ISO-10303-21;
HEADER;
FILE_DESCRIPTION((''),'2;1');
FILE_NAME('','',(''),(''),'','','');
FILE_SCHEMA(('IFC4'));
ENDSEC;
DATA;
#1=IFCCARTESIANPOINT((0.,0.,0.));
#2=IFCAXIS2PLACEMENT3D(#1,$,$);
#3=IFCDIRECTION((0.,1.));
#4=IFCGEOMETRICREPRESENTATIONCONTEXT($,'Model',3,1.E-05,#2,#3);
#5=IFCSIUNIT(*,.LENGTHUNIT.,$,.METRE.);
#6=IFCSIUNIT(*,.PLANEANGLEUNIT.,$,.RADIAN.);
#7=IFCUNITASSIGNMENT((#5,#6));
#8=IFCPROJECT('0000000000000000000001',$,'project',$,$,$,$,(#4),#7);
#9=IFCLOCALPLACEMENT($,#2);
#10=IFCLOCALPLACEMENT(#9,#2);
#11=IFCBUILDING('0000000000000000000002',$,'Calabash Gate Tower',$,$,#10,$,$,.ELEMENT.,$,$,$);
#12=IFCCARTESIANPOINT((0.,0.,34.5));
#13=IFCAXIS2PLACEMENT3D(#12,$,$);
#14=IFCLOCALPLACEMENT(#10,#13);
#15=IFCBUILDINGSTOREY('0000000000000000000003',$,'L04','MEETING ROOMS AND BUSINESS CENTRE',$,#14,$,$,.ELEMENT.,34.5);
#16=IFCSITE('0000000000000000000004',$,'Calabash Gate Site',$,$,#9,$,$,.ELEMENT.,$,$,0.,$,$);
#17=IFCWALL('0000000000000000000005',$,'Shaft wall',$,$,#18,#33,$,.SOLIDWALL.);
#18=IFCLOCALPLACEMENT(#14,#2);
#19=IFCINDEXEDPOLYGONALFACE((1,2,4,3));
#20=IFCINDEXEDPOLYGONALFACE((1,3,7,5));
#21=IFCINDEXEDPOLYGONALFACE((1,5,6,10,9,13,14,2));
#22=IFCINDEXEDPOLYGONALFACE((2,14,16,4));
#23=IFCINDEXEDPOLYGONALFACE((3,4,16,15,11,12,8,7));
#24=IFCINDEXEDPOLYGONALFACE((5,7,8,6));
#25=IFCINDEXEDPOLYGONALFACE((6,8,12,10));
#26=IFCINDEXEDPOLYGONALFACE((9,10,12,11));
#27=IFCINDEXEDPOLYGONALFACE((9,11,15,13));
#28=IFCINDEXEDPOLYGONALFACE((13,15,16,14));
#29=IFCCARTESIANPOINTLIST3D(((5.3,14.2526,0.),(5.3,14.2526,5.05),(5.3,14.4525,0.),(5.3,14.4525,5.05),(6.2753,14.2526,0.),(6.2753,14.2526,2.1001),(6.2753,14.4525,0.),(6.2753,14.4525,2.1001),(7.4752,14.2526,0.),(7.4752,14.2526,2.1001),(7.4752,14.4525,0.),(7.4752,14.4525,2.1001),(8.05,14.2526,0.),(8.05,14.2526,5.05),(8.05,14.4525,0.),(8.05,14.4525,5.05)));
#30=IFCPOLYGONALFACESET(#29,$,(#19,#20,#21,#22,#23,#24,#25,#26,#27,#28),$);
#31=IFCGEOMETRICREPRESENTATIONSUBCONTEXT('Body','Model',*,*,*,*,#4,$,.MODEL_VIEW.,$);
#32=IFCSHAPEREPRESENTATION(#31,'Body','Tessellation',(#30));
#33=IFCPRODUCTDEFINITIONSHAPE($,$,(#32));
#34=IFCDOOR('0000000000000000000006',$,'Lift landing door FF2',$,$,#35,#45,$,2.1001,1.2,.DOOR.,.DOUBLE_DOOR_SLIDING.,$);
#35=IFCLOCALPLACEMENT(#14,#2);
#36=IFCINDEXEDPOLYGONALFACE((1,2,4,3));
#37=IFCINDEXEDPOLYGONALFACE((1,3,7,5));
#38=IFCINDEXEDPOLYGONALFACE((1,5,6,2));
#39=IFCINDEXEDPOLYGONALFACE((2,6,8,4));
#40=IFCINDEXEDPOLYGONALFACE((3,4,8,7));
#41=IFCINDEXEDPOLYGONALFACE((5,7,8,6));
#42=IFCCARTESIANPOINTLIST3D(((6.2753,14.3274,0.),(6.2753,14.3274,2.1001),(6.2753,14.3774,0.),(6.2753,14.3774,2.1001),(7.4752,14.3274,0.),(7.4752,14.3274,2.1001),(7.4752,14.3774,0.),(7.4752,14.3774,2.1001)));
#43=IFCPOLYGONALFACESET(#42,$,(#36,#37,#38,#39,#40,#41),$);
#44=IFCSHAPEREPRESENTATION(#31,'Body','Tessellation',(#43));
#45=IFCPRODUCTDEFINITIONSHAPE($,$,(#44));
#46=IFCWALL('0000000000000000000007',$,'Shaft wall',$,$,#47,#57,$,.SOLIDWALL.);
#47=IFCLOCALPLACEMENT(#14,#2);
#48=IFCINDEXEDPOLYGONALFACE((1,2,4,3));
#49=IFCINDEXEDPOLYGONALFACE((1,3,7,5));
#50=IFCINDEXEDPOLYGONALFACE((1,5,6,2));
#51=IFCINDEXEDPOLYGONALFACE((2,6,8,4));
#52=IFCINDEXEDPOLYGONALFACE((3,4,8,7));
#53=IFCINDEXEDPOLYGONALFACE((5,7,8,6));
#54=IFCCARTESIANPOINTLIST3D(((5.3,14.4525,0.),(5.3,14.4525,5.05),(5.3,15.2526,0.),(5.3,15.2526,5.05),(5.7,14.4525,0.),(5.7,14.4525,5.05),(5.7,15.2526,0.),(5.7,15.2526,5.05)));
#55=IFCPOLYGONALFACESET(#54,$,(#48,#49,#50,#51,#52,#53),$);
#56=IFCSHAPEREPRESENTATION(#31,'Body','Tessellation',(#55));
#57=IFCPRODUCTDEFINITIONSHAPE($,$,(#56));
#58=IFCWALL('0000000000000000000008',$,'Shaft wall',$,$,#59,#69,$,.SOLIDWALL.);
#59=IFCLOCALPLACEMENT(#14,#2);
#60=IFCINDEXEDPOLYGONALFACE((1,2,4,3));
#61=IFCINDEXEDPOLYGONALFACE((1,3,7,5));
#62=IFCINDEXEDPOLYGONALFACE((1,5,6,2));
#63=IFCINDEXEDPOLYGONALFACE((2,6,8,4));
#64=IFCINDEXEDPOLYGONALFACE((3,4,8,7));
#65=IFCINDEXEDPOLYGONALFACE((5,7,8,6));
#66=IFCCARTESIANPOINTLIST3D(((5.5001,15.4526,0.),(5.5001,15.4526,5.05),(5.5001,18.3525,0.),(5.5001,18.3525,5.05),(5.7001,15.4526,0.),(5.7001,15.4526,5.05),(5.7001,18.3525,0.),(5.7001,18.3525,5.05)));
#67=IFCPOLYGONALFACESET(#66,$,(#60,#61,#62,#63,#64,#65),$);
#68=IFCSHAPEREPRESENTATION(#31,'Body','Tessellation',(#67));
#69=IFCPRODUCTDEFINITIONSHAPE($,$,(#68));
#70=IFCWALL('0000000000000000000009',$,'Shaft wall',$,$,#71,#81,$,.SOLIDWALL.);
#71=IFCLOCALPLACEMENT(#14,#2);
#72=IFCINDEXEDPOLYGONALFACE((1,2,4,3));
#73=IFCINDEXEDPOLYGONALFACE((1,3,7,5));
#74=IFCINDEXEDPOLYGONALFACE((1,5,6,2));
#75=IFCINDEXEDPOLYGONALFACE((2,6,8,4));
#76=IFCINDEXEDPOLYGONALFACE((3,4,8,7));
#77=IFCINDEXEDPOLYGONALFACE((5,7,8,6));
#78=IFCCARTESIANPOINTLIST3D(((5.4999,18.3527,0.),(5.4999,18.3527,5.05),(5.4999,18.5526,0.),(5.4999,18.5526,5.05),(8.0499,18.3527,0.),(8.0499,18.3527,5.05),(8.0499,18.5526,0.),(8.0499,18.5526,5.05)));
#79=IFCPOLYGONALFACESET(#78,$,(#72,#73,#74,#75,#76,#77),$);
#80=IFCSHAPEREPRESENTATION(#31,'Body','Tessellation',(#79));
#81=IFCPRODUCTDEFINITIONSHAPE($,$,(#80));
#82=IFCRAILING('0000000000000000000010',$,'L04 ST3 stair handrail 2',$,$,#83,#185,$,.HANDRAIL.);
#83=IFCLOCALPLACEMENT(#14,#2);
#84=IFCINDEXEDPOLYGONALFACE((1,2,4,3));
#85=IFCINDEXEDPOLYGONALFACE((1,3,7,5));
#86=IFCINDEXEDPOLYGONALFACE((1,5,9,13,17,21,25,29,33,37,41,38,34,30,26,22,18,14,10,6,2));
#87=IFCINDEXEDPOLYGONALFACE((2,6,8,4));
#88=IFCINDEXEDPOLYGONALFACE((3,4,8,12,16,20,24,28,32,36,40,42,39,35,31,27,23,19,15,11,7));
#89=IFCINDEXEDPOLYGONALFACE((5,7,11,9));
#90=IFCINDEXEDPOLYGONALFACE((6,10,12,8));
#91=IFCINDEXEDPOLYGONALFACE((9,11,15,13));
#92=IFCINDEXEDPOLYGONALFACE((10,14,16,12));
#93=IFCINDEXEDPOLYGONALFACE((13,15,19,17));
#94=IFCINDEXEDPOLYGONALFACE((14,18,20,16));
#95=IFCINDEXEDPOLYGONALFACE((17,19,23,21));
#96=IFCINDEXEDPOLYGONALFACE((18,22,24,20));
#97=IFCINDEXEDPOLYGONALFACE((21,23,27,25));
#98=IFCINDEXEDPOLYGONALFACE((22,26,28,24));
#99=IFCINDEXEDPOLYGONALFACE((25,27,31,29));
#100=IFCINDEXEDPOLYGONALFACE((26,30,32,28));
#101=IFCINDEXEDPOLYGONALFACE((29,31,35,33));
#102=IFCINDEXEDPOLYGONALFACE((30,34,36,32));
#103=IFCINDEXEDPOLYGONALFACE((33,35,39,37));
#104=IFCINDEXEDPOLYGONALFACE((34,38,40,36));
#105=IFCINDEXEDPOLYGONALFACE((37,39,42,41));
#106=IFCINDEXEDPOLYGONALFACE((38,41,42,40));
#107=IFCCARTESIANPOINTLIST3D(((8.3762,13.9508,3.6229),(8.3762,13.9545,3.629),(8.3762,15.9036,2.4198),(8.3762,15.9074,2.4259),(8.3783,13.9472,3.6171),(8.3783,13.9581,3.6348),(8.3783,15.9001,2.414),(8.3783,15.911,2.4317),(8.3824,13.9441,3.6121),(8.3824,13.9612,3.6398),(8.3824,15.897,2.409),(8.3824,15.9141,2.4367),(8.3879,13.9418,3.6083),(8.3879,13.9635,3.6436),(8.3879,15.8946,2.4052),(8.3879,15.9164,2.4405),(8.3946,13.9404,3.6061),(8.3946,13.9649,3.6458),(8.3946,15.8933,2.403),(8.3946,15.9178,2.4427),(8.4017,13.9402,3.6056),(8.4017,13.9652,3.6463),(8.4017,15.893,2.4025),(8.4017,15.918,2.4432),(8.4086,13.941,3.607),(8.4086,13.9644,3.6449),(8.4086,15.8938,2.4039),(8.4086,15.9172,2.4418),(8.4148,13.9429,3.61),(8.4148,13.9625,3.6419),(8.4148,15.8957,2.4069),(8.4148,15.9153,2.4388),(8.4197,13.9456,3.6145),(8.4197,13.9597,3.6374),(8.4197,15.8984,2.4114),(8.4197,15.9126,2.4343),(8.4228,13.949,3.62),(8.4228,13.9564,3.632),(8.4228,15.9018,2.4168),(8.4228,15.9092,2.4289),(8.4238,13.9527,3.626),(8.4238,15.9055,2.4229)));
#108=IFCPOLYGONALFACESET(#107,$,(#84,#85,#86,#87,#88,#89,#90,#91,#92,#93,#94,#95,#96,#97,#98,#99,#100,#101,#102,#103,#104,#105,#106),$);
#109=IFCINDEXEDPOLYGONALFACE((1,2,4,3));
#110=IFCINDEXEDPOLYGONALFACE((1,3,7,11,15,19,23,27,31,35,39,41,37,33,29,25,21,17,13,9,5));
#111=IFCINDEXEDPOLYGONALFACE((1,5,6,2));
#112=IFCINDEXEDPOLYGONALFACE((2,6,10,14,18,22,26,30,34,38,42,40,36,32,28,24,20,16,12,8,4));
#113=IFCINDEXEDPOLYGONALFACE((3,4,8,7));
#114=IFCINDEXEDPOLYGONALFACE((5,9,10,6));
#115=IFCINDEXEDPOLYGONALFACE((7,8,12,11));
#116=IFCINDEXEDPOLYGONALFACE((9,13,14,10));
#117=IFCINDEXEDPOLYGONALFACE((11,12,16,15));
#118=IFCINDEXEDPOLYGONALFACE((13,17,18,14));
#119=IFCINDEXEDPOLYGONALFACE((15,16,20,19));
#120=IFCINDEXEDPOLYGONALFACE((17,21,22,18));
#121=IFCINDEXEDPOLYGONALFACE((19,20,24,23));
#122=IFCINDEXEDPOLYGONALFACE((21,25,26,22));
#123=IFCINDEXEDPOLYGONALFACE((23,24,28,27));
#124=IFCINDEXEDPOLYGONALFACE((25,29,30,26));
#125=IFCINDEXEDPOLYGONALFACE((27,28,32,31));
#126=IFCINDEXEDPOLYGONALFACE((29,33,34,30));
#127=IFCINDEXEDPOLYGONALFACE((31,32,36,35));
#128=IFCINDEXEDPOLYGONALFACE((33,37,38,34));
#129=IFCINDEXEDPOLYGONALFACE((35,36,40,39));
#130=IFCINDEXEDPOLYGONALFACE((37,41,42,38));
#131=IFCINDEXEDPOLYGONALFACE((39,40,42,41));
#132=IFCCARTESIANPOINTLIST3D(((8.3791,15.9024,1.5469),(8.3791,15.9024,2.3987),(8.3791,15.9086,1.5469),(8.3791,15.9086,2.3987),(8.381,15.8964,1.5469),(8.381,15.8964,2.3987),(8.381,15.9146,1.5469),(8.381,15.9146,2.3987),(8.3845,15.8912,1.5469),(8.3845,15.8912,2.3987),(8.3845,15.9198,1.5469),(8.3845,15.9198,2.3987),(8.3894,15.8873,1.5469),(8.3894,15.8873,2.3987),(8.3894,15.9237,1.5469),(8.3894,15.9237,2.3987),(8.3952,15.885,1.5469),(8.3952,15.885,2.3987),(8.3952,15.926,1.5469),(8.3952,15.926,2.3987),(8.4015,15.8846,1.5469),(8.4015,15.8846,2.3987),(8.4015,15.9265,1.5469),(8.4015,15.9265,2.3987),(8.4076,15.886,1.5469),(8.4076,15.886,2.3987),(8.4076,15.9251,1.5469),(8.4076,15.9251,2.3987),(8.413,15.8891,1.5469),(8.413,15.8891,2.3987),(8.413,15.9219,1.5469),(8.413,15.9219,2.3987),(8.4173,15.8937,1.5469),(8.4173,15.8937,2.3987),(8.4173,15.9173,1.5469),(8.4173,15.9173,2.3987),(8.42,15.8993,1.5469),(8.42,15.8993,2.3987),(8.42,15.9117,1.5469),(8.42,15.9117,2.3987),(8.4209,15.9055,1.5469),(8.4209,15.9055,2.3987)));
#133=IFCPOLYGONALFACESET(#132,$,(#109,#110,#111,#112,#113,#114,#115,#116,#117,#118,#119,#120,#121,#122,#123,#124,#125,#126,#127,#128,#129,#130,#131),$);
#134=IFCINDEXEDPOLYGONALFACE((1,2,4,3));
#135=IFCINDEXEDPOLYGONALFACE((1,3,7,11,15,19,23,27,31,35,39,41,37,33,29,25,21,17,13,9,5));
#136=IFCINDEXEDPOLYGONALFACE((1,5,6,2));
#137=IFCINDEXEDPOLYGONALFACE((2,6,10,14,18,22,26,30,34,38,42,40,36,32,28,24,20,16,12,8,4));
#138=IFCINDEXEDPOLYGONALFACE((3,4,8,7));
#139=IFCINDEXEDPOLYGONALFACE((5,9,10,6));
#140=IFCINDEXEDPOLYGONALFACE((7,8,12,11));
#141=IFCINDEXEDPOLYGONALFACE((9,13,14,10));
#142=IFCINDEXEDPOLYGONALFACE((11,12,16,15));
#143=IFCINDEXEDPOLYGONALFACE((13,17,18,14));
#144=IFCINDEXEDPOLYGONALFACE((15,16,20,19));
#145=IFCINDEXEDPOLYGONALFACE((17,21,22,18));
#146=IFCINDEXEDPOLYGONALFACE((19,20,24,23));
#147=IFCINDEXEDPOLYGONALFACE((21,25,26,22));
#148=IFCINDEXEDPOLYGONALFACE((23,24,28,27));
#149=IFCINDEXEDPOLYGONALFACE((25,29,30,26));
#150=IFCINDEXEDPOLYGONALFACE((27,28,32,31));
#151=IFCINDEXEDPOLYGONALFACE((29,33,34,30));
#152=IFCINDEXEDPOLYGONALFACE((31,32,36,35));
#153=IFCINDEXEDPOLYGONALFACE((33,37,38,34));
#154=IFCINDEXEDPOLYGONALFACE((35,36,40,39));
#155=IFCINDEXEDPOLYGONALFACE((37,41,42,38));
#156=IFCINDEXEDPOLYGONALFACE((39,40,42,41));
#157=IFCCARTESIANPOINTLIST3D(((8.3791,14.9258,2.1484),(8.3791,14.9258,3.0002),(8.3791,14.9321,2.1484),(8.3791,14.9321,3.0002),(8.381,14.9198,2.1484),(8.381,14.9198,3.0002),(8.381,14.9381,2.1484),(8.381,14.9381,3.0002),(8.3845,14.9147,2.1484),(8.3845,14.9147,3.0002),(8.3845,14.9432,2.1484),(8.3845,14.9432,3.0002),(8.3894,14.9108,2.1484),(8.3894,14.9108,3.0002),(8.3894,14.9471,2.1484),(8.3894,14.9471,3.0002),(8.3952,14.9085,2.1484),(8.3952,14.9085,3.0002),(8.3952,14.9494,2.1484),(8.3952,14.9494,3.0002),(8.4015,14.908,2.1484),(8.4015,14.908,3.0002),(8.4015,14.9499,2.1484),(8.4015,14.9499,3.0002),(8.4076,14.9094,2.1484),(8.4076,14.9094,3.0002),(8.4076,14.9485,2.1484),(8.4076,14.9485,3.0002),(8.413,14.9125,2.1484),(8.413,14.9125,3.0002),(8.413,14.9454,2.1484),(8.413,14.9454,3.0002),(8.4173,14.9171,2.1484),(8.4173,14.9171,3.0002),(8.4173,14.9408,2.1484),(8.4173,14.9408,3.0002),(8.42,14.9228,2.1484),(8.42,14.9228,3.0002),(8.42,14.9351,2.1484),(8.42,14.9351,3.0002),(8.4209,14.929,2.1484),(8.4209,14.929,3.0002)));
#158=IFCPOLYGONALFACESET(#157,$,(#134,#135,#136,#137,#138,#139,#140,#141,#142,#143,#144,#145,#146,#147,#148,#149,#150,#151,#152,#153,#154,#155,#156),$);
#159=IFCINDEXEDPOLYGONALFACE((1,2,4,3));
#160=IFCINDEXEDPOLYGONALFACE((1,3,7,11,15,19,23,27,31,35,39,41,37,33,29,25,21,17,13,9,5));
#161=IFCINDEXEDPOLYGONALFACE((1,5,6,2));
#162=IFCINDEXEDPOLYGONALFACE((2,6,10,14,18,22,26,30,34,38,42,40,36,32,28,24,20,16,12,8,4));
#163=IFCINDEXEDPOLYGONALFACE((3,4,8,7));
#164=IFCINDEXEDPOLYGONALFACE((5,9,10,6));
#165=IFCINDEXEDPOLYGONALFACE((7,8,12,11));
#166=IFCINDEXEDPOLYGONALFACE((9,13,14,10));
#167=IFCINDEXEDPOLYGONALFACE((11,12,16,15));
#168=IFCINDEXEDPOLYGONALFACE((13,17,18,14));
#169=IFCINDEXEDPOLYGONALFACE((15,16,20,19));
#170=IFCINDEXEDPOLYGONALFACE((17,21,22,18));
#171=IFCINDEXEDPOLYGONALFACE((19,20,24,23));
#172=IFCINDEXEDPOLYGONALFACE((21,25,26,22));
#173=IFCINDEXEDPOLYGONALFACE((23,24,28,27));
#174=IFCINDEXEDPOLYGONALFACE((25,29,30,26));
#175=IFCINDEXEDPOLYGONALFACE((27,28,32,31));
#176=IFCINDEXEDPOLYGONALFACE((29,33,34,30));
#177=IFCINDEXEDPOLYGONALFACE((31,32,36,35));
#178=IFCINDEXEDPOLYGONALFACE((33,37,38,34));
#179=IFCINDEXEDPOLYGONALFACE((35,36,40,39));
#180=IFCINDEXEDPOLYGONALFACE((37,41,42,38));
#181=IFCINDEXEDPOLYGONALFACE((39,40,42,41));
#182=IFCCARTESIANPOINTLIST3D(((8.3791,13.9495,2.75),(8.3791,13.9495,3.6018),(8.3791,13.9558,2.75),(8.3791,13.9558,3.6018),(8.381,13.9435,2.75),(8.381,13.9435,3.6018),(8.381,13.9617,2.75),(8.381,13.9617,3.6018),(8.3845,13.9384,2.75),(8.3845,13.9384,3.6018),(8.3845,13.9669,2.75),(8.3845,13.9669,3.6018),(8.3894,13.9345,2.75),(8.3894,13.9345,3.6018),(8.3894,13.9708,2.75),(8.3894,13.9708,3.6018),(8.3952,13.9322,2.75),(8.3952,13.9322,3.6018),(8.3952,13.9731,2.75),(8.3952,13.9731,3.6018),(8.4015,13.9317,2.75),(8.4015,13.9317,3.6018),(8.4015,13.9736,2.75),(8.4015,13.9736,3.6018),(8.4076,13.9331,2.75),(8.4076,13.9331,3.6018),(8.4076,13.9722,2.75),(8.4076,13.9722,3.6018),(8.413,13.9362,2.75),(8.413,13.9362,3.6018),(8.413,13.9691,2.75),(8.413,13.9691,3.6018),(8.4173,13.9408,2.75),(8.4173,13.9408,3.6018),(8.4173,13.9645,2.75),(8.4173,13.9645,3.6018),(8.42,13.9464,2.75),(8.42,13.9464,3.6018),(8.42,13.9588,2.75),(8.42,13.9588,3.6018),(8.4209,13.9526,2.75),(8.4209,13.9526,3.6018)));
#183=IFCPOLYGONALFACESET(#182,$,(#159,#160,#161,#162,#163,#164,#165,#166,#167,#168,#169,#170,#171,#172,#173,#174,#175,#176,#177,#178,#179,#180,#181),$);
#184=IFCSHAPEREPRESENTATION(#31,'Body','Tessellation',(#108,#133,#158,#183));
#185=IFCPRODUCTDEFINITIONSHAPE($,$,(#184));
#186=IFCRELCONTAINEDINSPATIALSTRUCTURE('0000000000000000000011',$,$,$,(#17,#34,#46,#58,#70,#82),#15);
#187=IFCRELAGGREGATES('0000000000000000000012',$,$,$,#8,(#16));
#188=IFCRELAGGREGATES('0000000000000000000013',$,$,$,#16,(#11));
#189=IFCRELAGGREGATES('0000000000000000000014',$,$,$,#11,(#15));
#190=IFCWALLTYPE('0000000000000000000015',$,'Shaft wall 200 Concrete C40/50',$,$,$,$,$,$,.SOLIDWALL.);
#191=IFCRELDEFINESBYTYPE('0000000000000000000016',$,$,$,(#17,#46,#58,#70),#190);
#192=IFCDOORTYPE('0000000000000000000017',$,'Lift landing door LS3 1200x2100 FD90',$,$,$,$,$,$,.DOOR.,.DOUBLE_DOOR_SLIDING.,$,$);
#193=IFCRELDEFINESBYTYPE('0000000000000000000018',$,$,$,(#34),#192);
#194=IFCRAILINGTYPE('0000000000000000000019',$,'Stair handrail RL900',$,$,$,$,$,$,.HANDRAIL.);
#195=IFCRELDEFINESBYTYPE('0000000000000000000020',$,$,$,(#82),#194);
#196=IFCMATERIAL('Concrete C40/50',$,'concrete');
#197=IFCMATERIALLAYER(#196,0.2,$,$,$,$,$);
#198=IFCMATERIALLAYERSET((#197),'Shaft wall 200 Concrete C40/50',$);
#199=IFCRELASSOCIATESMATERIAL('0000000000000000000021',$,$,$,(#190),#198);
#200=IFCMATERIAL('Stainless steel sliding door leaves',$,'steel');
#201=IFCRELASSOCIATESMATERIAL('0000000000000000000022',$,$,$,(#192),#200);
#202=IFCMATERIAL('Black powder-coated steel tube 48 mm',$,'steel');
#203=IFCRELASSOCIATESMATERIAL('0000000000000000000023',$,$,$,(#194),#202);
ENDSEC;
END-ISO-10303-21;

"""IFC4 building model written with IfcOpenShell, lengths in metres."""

from ifc_helpers import new_model, si_unit, direction, frame, frame_2d, origin, origin_2d, place, context, subcontext, project, spatial, rectangle, circle, extrude, material, layer, layer_set, type_object, element, fill, save


model = new_model("IFC4")

# Units and contexts
model_context = context("Model", 3, precision=1e-05, world=origin(), true_north=direction((0.0, 1.0)))
body_context = subcontext(model_context, "Body", "Model", "MODEL_VIEW")
ifc_project = project(units=[si_unit("LENGTHUNIT", "METRE"), si_unit("PLANEANGLEUNIT", "RADIAN")], contexts=[model_context])

# Site, building, storey
site_placement = place(None, origin())
site = spatial("IfcSite", under=ifc_project, at=site_placement, Name="Calabash Gate Site", CompositionType="ELEMENT", RefElevation=0.0)
building_placement = place(site_placement, origin())
building = spatial("IfcBuilding", under=site, at=building_placement, Name="Calabash Gate Tower", CompositionType="ELEMENT")
storey_placement = place(building_placement, frame((0.0, 0.0, 34.5)))
storey = spatial("IfcBuildingStorey", under=building, at=storey_placement, Name="L04", Description="MEETING ROOMS AND BUSINESS CENTRE", CompositionType="ELEMENT", Elevation=34.5)

# Wall, opening, door
ifc_material_1 = material(Name="Concrete C40/50", Category="concrete")
ifc_layer_1 = layer(ifc_material_1, 0.2)
ifc_layer_set_1 = layer_set([ifc_layer_1], Name="Shaft wall 200 Concrete C40/50")
wall_type_1 = type_object("IfcWallType", Name="Shaft wall 200 Concrete C40/50", PredefinedType="SOLIDWALL", material=ifc_layer_set_1)
wall_1_placement = place(storey_placement, frame((5.3, 14.3525, 0.0), z_axis=(0.0, 0.0, 1.0), x_axis=(1.0, 0.0, 0.0)))
wall_1 = element("IfcWall", 1, at=wall_1_placement, inside=storey, type_object=wall_type_1, Name="Shaft wall", PredefinedType="SOLIDWALL", context=body_context, shape_type="SweptSolid", body=[
    extrude(rectangle(XDim=2.75, YDim=0.2, at=frame_2d((1.375, 0.0))), origin(), (0.0, 0.0, 1.0), 5.05),
])
opening_1_placement = place(wall_1_placement, frame((0.9751, 0.0, 0.0)))
opening_1 = element("IfcOpeningElement", 2, at=opening_1_placement, cuts=wall_1, PredefinedType="OPENING", context=body_context, shape_type="SweptSolid", body=[
    extrude(rectangle(XDim=1.2, YDim=2.1001, at=frame_2d((0.6001, 1.05))), frame((0.0, 0.1099, 0.0), z_axis=(0.0, -1.0, 0.0), x_axis=(1.0, 0.0, 0.0)), (0.0, 0.0, 1.0), 0.22),
])
ifc_material_2 = material(Name="Stainless steel sliding door leaves", Category="steel")
door_type = type_object("IfcDoorType", Name="Lift landing door LS3 1200x2100 FD90", OperationType="DOUBLE_DOOR_SLIDING", PredefinedType="DOOR", material=ifc_material_2)
door_placement = place(opening_1_placement, origin())
door = element("IfcDoor", 3, at=door_placement, inside=storey, type_object=door_type, Name="Lift landing door FF2", OperationType="DOUBLE_DOOR_SLIDING", OverallHeight=2.1001, OverallWidth=1.2, PredefinedType="DOOR", context=body_context, shape_type="SweptSolid", body=[
    extrude(rectangle(XDim=1.2, YDim=2.1001, at=frame_2d((0.6001, 1.05))), frame((0.0, 0.0249, 0.0), z_axis=(0.0, -1.0, 0.0), x_axis=(1.0, 0.0, 0.0)), (0.0, 0.0, 1.0), 0.05),
])
fill(opening_1, door)

# Walls
wall_2_placement = place(storey_placement, frame((5.5, 14.4526, 0.0), z_axis=(0.0, 0.0, 1.0), x_axis=(0.0, 1.0, 0.0)))
element("IfcWall", 4, at=wall_2_placement, inside=storey, type_object=wall_type_1, Name="Shaft wall", PredefinedType="SOLIDWALL", context=body_context, shape_type="SweptSolid", body=[
    extrude(rectangle(XDim=0.8, YDim=0.3999, at=frame_2d((0.3999, 0.0))), origin(), (0.0, 0.0, 1.0), 5.05),
])
wall_3_placement = place(storey_placement, frame((5.6001, 15.4526, 0.0), z_axis=(0.0, 0.0, 1.0), x_axis=(0.0, 1.0, 0.0)))
element("IfcWall", 5, at=wall_3_placement, inside=storey, type_object=wall_type_1, Name="Shaft wall", PredefinedType="SOLIDWALL", context=body_context, shape_type="SweptSolid", body=[
    extrude(rectangle(XDim=2.8999, YDim=0.2, at=frame_2d((1.45, 0.0))), origin(), (0.0, 0.0, 1.0), 5.05),
])
wall_4_placement = place(storey_placement, frame((5.5, 18.4526, 0.0), z_axis=(0.0, 0.0, 1.0), x_axis=(1.0, 0.0, 0.0)))
element("IfcWall", 6, at=wall_4_placement, inside=storey, type_object=wall_type_1, Name="Shaft wall", PredefinedType="SOLIDWALL", context=body_context, shape_type="SweptSolid", body=[
    extrude(rectangle(XDim=2.55, YDim=0.2, at=frame_2d((1.2749, 0.0))), origin(), (0.0, 0.0, 1.0), 5.05),
])

# Railing
ifc_material_3 = material(Name="Black powder-coated steel tube 48 mm", Category="steel")
railing_type = type_object("IfcRailingType", Name="Stair handrail RL900", PredefinedType="HANDRAIL", material=ifc_material_3)
railing_1_placement = place(storey_placement, frame((8.3999, 15.9055, 1.5469)))
element("IfcRailing", 7, at=railing_1_placement, inside=storey, type_object=railing_type, Name="L04 ST3 stair handrail 2", PredefinedType="HANDRAIL", context=body_context, shape_type="SweptSolid", body=[
    extrude(circle(Radius=0.0239, at=origin_2d()), frame((0.0, 0.0, 0.876), z_axis=(0.0, -0.851395, 0.524525), x_axis=(1.0, 0.0, 0.0)), (0.0, 0.0, 1.0), 2.2937),
    extrude(circle(Radius=0.021, at=origin_2d()), origin(), (0.0, 0.0, 1.0), 0.8518),
    extrude(circle(Radius=0.021, at=origin_2d()), frame((0.0, -0.9766, 0.6016)), (0.0, 0.0, 1.0), 0.8518),
    extrude(circle(Radius=0.021, at=origin_2d()), frame((0.0, -1.9529, 1.2031)), (0.0, 0.0, 1.0), 0.8518),
])

save(model, "model.ifc")
